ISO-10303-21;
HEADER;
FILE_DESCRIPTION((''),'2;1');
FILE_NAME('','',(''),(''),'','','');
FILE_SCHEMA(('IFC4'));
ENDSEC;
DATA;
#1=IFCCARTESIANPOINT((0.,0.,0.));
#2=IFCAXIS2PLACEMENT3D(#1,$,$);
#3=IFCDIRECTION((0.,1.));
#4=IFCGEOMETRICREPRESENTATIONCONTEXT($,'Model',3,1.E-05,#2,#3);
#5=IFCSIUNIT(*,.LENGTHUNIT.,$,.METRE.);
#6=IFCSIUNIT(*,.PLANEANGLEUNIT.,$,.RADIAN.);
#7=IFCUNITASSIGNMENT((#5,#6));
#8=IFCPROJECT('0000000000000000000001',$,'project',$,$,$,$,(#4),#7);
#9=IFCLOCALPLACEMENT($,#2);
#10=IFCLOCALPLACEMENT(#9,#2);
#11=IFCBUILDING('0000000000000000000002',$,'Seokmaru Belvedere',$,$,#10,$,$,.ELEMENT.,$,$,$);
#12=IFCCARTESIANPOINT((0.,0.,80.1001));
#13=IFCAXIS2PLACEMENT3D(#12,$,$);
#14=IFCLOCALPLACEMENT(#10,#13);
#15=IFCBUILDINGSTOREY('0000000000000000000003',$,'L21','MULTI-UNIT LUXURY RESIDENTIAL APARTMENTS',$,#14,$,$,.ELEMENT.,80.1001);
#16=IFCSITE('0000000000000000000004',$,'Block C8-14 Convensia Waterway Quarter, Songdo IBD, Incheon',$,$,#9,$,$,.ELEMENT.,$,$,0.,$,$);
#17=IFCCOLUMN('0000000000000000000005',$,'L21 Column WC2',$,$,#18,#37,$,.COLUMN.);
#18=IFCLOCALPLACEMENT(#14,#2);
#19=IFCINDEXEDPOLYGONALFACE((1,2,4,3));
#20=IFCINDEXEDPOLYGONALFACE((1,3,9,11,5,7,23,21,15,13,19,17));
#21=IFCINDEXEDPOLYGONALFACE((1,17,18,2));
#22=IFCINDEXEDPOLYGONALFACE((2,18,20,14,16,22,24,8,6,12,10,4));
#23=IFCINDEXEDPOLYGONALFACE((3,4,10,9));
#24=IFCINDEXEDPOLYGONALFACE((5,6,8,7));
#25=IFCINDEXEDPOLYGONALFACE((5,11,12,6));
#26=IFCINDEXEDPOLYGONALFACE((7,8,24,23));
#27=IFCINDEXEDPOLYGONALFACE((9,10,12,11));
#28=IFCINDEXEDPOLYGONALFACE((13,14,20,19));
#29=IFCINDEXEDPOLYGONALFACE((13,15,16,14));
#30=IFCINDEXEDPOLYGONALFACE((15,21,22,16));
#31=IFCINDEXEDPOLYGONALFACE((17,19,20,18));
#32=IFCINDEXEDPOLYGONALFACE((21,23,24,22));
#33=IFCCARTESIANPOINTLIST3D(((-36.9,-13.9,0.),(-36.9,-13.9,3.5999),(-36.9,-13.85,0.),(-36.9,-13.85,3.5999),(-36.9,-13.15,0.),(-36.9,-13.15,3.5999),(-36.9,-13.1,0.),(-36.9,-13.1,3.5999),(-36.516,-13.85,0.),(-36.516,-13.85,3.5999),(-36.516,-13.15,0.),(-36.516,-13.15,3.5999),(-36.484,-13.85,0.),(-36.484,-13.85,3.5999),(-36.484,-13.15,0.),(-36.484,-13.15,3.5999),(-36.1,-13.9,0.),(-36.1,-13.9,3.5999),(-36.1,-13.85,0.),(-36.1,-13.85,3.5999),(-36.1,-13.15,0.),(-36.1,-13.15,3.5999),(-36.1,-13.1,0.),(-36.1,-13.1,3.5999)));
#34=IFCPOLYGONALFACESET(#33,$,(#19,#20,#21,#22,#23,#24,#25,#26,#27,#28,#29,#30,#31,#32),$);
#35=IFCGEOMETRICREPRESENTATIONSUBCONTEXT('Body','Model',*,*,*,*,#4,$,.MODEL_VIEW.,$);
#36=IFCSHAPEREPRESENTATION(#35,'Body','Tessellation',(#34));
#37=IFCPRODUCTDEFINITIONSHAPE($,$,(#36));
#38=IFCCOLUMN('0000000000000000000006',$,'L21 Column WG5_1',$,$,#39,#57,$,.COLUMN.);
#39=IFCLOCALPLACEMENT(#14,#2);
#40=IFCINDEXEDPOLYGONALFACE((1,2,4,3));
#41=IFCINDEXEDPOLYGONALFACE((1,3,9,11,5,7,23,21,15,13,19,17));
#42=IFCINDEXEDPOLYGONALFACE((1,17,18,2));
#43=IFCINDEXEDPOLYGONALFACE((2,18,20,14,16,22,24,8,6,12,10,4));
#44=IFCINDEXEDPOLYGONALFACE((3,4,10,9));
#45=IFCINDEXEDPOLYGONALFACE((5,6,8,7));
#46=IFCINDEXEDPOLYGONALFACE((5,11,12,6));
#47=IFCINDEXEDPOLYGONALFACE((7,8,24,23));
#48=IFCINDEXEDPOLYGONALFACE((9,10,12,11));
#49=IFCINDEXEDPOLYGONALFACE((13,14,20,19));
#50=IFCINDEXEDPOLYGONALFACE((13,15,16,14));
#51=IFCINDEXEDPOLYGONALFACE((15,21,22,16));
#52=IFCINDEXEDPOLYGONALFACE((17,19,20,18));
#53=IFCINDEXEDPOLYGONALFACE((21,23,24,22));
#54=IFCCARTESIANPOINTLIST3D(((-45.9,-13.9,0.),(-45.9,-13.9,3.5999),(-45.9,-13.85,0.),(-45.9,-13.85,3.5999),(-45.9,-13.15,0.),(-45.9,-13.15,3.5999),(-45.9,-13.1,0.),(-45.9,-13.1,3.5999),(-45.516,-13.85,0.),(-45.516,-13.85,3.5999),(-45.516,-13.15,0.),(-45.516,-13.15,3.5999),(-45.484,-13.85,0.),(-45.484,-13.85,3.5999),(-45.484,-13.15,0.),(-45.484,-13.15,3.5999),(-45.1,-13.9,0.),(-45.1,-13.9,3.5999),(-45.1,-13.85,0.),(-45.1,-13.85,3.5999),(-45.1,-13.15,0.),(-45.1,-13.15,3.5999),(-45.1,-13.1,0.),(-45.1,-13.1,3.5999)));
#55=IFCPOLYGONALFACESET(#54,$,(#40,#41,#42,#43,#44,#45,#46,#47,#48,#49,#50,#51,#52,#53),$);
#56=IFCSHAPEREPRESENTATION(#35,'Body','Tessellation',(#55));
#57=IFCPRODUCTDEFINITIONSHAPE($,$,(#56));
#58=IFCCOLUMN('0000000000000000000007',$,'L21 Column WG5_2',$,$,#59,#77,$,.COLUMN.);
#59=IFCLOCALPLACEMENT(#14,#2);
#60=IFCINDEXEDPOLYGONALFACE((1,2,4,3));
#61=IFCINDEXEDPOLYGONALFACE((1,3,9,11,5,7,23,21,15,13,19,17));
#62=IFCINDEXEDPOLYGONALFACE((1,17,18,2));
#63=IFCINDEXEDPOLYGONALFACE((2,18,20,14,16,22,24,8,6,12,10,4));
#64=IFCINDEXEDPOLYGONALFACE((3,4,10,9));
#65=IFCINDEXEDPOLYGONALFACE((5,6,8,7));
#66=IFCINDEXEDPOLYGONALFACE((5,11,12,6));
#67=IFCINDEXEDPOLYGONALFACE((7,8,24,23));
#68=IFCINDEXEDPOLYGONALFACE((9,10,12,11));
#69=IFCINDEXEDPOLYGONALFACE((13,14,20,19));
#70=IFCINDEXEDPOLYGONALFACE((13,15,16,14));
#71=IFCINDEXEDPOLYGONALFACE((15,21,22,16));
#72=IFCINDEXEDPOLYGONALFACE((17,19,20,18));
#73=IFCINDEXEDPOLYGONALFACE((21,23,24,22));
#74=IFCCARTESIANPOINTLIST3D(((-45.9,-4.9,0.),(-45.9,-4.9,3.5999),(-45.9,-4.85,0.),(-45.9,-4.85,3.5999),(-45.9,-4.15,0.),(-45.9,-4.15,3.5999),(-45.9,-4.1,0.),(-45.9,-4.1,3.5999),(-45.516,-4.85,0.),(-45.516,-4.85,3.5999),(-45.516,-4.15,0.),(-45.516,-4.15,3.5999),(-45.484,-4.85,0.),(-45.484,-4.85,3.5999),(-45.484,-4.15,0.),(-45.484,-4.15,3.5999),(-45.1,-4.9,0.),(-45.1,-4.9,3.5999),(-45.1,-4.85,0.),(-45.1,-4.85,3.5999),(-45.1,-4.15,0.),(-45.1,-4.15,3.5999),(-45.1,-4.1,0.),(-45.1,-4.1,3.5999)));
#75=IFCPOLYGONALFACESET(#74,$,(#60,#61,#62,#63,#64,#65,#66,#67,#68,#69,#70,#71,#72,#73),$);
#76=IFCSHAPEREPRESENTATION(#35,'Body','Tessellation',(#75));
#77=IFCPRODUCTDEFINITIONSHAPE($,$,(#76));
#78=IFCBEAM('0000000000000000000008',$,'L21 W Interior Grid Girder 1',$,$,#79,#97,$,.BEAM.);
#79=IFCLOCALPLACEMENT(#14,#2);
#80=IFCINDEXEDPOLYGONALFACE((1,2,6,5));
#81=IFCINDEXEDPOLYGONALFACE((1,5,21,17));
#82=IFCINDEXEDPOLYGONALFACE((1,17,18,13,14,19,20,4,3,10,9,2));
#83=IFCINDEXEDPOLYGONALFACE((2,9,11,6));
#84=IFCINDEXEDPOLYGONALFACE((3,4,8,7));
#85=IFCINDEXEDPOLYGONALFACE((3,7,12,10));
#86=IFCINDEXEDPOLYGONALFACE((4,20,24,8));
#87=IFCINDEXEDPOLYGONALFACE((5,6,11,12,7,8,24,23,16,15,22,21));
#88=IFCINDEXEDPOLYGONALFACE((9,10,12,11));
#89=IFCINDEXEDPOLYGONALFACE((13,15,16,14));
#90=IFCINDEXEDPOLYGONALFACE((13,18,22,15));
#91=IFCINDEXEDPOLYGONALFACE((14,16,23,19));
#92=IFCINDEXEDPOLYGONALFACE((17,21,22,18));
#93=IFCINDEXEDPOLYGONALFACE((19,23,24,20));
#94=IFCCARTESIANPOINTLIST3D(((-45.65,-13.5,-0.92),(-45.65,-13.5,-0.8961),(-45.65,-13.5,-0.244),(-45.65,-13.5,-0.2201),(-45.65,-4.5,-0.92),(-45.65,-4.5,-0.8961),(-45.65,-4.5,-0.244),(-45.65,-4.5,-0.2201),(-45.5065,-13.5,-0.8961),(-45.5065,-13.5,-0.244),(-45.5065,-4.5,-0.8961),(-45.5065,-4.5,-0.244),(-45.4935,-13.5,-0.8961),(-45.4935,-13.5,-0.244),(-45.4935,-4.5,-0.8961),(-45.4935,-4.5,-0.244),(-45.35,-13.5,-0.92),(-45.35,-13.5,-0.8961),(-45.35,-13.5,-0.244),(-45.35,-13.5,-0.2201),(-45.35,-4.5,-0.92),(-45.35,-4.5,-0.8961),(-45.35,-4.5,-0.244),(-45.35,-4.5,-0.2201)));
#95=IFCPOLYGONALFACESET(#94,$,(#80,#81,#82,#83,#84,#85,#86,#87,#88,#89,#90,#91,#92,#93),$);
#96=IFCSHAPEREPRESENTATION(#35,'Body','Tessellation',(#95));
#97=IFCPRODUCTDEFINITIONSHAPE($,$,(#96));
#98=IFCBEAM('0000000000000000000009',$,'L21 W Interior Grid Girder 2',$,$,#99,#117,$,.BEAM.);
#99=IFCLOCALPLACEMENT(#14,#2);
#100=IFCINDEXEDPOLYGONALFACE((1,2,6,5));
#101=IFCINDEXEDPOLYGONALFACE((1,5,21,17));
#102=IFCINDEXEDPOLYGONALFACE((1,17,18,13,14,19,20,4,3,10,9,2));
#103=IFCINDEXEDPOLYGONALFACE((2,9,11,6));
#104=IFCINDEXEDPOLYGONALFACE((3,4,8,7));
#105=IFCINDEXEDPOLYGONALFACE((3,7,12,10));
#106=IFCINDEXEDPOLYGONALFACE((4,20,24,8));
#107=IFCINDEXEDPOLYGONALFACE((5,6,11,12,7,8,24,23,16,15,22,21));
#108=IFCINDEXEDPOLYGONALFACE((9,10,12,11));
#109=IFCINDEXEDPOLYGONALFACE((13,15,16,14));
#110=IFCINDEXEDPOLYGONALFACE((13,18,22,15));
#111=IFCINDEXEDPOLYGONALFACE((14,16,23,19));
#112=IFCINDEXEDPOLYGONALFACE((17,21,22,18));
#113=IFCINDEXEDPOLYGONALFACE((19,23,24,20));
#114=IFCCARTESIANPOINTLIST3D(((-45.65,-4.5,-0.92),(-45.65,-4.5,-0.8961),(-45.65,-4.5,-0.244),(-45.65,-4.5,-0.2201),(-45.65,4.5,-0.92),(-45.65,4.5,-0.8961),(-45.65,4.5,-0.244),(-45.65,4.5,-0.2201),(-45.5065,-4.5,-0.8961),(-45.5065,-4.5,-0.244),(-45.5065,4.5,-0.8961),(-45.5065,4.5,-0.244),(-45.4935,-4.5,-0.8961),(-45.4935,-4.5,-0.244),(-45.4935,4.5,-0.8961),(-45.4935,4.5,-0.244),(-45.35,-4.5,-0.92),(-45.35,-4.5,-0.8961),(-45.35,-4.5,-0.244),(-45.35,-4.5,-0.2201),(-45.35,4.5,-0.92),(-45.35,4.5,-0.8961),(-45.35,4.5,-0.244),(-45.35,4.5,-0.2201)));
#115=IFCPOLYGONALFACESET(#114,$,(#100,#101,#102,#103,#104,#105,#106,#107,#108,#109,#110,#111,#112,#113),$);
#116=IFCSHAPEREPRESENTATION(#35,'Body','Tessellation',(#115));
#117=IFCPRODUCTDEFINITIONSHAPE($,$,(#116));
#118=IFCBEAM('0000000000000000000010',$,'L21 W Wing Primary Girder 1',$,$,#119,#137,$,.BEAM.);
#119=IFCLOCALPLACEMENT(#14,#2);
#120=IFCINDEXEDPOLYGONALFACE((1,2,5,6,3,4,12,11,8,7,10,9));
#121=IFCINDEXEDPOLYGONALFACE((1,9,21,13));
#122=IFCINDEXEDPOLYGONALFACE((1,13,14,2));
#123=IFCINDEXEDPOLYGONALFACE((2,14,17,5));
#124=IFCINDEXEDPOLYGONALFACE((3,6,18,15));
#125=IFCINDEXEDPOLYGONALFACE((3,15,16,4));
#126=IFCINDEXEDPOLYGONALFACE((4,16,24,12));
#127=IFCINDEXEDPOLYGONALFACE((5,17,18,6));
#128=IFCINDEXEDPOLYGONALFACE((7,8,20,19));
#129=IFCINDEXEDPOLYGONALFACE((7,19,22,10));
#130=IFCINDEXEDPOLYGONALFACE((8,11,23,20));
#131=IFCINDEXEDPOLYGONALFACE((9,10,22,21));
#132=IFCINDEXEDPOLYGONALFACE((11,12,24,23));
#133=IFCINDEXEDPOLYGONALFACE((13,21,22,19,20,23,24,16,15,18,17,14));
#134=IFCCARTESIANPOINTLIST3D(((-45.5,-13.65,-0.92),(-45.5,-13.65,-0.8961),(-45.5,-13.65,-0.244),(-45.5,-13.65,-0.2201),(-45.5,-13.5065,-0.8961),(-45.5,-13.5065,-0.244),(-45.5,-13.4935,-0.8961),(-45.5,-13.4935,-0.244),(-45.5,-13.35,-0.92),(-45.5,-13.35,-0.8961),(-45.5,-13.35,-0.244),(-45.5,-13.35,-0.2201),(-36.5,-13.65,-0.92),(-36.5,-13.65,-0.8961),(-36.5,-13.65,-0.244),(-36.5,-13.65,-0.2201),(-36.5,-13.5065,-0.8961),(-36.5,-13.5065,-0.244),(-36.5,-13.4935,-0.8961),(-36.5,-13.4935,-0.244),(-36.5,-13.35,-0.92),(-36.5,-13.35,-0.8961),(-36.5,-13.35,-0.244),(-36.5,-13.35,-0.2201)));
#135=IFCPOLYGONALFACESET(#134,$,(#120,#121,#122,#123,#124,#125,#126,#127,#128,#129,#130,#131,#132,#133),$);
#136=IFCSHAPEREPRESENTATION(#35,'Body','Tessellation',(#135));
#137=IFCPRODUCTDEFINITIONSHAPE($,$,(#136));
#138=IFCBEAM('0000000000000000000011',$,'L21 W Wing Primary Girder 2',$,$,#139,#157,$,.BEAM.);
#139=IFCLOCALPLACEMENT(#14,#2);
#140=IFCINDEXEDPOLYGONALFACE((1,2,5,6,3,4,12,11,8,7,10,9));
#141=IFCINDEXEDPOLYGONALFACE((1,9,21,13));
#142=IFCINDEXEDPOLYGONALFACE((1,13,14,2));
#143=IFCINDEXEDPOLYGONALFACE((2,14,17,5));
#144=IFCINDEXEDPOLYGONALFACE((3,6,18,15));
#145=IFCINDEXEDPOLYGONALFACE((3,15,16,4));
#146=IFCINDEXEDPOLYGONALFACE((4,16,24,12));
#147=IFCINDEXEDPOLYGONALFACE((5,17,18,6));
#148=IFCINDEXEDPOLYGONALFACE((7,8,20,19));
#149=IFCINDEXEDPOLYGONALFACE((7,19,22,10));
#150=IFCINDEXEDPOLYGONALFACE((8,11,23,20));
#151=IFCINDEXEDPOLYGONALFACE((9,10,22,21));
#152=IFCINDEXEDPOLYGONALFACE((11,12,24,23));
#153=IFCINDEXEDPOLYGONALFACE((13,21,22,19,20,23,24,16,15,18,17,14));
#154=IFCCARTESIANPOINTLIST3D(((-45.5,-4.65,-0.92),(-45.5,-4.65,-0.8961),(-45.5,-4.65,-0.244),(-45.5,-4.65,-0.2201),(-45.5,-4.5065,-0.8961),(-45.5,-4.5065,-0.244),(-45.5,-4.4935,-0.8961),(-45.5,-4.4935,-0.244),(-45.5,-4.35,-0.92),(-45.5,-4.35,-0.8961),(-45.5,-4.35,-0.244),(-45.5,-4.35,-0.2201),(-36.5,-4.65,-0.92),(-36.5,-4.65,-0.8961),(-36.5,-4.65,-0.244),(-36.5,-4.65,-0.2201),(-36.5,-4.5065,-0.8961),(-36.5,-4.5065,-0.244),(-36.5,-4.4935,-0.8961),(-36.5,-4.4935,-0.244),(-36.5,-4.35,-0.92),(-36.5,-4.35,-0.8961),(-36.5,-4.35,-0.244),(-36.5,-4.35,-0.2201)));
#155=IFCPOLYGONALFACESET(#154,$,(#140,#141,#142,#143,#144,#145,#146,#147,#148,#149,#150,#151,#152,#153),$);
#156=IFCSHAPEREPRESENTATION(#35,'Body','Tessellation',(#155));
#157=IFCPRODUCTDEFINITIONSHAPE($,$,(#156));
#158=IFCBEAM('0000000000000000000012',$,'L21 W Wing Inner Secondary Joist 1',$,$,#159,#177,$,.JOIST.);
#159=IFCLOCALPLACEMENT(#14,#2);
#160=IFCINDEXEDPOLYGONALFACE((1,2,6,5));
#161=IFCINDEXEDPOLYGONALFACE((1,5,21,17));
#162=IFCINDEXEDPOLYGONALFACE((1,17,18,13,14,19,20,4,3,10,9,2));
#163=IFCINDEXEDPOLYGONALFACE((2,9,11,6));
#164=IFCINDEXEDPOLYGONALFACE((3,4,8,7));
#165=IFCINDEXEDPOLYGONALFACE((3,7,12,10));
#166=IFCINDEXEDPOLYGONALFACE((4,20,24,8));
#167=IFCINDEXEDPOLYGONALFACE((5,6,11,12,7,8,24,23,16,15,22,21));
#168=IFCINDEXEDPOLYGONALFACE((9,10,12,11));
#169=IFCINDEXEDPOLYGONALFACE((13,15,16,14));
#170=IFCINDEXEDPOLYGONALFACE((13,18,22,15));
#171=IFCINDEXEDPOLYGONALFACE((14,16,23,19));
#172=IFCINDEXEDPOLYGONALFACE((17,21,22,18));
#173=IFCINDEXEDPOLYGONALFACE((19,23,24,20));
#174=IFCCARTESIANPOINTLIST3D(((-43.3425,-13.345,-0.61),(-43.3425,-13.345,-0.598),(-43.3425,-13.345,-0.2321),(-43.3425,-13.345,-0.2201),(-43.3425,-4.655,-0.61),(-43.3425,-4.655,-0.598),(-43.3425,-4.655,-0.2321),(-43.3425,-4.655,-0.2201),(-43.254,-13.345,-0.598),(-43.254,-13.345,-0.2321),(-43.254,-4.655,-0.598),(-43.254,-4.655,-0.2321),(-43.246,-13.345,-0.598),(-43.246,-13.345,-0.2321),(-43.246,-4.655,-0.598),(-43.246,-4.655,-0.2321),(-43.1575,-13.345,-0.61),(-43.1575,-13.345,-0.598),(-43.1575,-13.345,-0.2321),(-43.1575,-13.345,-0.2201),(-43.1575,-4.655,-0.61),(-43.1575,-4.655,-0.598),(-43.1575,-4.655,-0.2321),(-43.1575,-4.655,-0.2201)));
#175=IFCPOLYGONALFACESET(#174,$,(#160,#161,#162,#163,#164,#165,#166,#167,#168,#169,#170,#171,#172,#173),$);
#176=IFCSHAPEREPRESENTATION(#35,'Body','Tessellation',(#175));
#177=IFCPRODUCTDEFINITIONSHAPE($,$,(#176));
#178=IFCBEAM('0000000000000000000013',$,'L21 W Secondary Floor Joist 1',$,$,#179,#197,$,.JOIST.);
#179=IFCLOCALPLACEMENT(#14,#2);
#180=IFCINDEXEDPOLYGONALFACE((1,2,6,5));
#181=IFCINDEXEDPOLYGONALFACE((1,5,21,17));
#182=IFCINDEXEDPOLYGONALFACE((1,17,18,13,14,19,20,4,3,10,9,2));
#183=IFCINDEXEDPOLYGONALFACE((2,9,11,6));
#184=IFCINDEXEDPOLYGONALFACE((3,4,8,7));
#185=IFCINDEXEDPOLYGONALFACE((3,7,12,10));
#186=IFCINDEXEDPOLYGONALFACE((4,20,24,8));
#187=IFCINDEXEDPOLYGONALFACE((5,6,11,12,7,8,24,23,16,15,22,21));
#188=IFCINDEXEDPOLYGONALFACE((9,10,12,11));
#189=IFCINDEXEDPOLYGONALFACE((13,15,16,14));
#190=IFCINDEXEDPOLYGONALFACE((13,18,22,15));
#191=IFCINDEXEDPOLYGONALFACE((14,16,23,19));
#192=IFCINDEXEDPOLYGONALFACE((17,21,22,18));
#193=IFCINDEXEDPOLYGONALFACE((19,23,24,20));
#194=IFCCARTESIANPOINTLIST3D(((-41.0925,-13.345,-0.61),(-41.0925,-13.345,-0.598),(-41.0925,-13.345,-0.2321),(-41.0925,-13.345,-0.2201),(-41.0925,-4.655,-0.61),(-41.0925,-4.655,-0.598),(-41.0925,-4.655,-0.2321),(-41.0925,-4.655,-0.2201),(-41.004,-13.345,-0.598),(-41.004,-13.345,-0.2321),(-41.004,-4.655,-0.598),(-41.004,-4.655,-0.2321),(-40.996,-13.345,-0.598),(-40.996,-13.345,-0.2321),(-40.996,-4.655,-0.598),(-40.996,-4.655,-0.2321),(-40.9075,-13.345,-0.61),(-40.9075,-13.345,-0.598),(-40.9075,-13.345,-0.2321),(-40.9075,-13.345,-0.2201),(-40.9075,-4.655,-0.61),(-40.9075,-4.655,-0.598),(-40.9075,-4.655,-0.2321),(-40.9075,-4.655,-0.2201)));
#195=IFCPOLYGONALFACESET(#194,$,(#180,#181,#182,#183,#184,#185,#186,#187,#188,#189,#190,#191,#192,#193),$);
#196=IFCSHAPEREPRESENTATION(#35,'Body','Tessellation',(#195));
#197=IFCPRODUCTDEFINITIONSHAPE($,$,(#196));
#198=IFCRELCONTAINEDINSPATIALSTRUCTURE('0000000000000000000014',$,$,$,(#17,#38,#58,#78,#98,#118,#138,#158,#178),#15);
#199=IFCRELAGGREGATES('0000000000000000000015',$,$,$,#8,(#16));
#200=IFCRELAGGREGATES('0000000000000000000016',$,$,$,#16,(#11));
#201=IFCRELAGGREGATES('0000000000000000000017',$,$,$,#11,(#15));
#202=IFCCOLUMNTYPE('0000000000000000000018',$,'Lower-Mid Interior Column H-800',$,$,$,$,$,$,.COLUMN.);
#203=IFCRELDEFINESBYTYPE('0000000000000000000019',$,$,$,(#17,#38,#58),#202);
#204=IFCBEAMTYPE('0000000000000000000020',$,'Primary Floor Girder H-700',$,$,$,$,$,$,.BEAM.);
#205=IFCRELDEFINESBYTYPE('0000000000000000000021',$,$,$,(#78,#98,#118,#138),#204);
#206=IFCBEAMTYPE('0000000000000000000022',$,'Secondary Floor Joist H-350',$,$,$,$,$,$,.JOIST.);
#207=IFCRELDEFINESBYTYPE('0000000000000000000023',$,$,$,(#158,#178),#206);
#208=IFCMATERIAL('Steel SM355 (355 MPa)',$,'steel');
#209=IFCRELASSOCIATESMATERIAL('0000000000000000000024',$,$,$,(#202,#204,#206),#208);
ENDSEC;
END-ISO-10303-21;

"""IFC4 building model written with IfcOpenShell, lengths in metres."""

from ifc_helpers import new_model, si_unit, direction, frame, origin, origin_2d, place, context, subcontext, project, spatial, i_section, extrude, source, transform, mapped, material, material_profile, profile_set, type_object, type_shapes, element, save


model = new_model("IFC4")

# Units and contexts
model_context = context("Model", 3, precision=1e-05, world=origin(), true_north=direction((0.0, 1.0)))
body_context = subcontext(model_context, "Body", "Model", "MODEL_VIEW")
ifc_project = project(units=[si_unit("LENGTHUNIT", "METRE"), si_unit("PLANEANGLEUNIT", "RADIAN")], contexts=[model_context])

# Site, building, storey
site_placement = place(None, origin())
site = spatial("IfcSite", under=ifc_project, at=site_placement, Name="Block C8-14 Convensia Waterway Quarter, Songdo IBD, Incheon", CompositionType="ELEMENT", RefElevation=0.0)
building_placement = place(site_placement, origin())
building = spatial("IfcBuilding", under=site, at=building_placement, Name="Seokmaru Belvedere", CompositionType="ELEMENT")
storey_placement = place(building_placement, frame((0.0, 0.0, 80.1001)))
storey = spatial("IfcBuildingStorey", under=building, at=storey_placement, Name="L21", Description="MULTI-UNIT LUXURY RESIDENTIAL APARTMENTS", CompositionType="ELEMENT", Elevation=80.1001)

# Columns
ifc_material_1 = material(Name="Steel SM355 (355 MPa)", Category="steel")
ifc_material_profile_1 = material_profile(ifc_material_1, i_section(OverallWidth=0.8, OverallDepth=0.8, WebThickness=0.032, FlangeThickness=0.05, at=origin_2d()), Name="H-800x800x32x50")
ifc_profile_set_1 = profile_set([ifc_material_profile_1], Name="Steel SM355 (355 MPa)")
column_type = type_object("IfcColumnType", Name="Lower-Mid Interior Column H-800", PredefinedType="COLUMN", material=ifc_profile_set_1)
shared_shape_1 = source(origin(), body_context, "Body", "SweptSolid", [
    extrude(i_section(OverallWidth=0.8, OverallDepth=0.8, WebThickness=0.032, FlangeThickness=0.05, at=origin_2d()), origin(), (0.0, 0.0, 1.0), 3.5999),
])
type_shapes(column_type, [shared_shape_1])
for number, where, z_axis, x_axis, name in (
    (1, (-36.5, -13.5, 0.0), (0.0, 0.0, 1.0), (1.0, 0.0, 0.0), "L21 Column WC2"),
    (2, (-45.5, -13.5, 0.0), (0.0, 0.0, 1.0), (1.0, 0.0, 0.0), "L21 Column WG5_1"),
    (3, (-45.5, -4.5, 0.0), (0.0, 0.0, 1.0), (1.0, 0.0, 0.0), "L21 Column WG5_2"),
):
    element("IfcColumn", number, at=place(storey_placement, frame(where, z_axis=z_axis, x_axis=x_axis)), inside=storey, type_object=column_type, Name=name, PredefinedType="COLUMN", context=body_context, shape_type="MappedRepresentation", body=[
        mapped(shared_shape_1, transform((0.0, 0.0, 0.0), scale=1.0)),
    ])

# Beams
ifc_material_profile_2 = material_profile(ifc_material_1, i_section(OverallWidth=0.3, OverallDepth=0.7, WebThickness=0.0129, FlangeThickness=0.0239, at=origin_2d()), Name="H-700x300x13x24")
ifc_profile_set_2 = profile_set([ifc_material_profile_2], Name="Steel SM355 (355 MPa)")
beam_type_1 = type_object("IfcBeamType", Name="Primary Floor Girder H-700", PredefinedType="BEAM", material=ifc_profile_set_2)
shared_shape_2 = source(origin(), body_context, "Body", "SweptSolid", [
    extrude(i_section(OverallWidth=0.3, OverallDepth=0.7, WebThickness=0.0129, FlangeThickness=0.0239, at=origin_2d()), origin(), (0.0, 0.0, 1.0), 9.0),
])
type_shapes(beam_type_1, [shared_shape_2])
for number, where, z_axis, x_axis, name in (
    (4, (-45.5, -13.5, -0.5701), (0.0, 1.0, 0.0), (-1.0, 0.0, 0.0), "L21 W Interior Grid Girder 1"),
    (5, (-45.5, -4.5, -0.5701), (0.0, 1.0, 0.0), (-1.0, 0.0, 0.0), "L21 W Interior Grid Girder 2"),
    (6, (-45.5, -13.5, -0.5701), (1.0, 0.0, 0.0), (0.0, 1.0, 0.0), "L21 W Wing Primary Girder 1"),
    (7, (-45.5, -4.5, -0.5701), (1.0, 0.0, 0.0), (0.0, 1.0, 0.0), "L21 W Wing Primary Girder 2"),
):
    element("IfcBeam", number, at=place(storey_placement, frame(where, z_axis=z_axis, x_axis=x_axis)), inside=storey, type_object=beam_type_1, Name=name, PredefinedType="BEAM", context=body_context, shape_type="MappedRepresentation", body=[
        mapped(shared_shape_2, transform((0.0, 0.0, 0.0), scale=1.0)),
    ])
ifc_material_profile_3 = material_profile(ifc_material_1, i_section(OverallWidth=0.1851, OverallDepth=0.3899, WebThickness=0.0081, FlangeThickness=0.012, at=origin_2d()), Name="H-390x185x8x12")
ifc_profile_set_3 = profile_set([ifc_material_profile_3], Name="Steel SM355 (355 MPa)")
beam_type_2 = type_object("IfcBeamType", Name="Secondary Floor Joist H-350", PredefinedType="JOIST", material=ifc_profile_set_3)
shared_shape_3 = source(origin(), body_context, "Body", "SweptSolid", [
    extrude(i_section(OverallWidth=0.1851, OverallDepth=0.3899, WebThickness=0.0081, FlangeThickness=0.012, at=origin_2d()), origin(), (0.0, 0.0, 1.0), 8.6899),
])
type_shapes(beam_type_2, [shared_shape_3])
for number, where, z_axis, x_axis, name in (
    (8, (-43.25, -13.345, -0.415), (0.0, 1.0, 0.0), (-1.0, 0.0, 0.0), "L21 W Wing Inner Secondary Joist 1"),
    (9, (-41.0, -13.345, -0.415), (0.0, 1.0, 0.0), (-1.0, 0.0, 0.0), "L21 W Secondary Floor Joist 1"),
):
    element("IfcBeam", number, at=place(storey_placement, frame(where, z_axis=z_axis, x_axis=x_axis)), inside=storey, type_object=beam_type_2, Name=name, PredefinedType="JOIST", context=body_context, shape_type="MappedRepresentation", body=[
        mapped(shared_shape_3, transform((0.0, 0.0, 0.0), scale=1.0)),
    ])

save(model, "model.ifc")
